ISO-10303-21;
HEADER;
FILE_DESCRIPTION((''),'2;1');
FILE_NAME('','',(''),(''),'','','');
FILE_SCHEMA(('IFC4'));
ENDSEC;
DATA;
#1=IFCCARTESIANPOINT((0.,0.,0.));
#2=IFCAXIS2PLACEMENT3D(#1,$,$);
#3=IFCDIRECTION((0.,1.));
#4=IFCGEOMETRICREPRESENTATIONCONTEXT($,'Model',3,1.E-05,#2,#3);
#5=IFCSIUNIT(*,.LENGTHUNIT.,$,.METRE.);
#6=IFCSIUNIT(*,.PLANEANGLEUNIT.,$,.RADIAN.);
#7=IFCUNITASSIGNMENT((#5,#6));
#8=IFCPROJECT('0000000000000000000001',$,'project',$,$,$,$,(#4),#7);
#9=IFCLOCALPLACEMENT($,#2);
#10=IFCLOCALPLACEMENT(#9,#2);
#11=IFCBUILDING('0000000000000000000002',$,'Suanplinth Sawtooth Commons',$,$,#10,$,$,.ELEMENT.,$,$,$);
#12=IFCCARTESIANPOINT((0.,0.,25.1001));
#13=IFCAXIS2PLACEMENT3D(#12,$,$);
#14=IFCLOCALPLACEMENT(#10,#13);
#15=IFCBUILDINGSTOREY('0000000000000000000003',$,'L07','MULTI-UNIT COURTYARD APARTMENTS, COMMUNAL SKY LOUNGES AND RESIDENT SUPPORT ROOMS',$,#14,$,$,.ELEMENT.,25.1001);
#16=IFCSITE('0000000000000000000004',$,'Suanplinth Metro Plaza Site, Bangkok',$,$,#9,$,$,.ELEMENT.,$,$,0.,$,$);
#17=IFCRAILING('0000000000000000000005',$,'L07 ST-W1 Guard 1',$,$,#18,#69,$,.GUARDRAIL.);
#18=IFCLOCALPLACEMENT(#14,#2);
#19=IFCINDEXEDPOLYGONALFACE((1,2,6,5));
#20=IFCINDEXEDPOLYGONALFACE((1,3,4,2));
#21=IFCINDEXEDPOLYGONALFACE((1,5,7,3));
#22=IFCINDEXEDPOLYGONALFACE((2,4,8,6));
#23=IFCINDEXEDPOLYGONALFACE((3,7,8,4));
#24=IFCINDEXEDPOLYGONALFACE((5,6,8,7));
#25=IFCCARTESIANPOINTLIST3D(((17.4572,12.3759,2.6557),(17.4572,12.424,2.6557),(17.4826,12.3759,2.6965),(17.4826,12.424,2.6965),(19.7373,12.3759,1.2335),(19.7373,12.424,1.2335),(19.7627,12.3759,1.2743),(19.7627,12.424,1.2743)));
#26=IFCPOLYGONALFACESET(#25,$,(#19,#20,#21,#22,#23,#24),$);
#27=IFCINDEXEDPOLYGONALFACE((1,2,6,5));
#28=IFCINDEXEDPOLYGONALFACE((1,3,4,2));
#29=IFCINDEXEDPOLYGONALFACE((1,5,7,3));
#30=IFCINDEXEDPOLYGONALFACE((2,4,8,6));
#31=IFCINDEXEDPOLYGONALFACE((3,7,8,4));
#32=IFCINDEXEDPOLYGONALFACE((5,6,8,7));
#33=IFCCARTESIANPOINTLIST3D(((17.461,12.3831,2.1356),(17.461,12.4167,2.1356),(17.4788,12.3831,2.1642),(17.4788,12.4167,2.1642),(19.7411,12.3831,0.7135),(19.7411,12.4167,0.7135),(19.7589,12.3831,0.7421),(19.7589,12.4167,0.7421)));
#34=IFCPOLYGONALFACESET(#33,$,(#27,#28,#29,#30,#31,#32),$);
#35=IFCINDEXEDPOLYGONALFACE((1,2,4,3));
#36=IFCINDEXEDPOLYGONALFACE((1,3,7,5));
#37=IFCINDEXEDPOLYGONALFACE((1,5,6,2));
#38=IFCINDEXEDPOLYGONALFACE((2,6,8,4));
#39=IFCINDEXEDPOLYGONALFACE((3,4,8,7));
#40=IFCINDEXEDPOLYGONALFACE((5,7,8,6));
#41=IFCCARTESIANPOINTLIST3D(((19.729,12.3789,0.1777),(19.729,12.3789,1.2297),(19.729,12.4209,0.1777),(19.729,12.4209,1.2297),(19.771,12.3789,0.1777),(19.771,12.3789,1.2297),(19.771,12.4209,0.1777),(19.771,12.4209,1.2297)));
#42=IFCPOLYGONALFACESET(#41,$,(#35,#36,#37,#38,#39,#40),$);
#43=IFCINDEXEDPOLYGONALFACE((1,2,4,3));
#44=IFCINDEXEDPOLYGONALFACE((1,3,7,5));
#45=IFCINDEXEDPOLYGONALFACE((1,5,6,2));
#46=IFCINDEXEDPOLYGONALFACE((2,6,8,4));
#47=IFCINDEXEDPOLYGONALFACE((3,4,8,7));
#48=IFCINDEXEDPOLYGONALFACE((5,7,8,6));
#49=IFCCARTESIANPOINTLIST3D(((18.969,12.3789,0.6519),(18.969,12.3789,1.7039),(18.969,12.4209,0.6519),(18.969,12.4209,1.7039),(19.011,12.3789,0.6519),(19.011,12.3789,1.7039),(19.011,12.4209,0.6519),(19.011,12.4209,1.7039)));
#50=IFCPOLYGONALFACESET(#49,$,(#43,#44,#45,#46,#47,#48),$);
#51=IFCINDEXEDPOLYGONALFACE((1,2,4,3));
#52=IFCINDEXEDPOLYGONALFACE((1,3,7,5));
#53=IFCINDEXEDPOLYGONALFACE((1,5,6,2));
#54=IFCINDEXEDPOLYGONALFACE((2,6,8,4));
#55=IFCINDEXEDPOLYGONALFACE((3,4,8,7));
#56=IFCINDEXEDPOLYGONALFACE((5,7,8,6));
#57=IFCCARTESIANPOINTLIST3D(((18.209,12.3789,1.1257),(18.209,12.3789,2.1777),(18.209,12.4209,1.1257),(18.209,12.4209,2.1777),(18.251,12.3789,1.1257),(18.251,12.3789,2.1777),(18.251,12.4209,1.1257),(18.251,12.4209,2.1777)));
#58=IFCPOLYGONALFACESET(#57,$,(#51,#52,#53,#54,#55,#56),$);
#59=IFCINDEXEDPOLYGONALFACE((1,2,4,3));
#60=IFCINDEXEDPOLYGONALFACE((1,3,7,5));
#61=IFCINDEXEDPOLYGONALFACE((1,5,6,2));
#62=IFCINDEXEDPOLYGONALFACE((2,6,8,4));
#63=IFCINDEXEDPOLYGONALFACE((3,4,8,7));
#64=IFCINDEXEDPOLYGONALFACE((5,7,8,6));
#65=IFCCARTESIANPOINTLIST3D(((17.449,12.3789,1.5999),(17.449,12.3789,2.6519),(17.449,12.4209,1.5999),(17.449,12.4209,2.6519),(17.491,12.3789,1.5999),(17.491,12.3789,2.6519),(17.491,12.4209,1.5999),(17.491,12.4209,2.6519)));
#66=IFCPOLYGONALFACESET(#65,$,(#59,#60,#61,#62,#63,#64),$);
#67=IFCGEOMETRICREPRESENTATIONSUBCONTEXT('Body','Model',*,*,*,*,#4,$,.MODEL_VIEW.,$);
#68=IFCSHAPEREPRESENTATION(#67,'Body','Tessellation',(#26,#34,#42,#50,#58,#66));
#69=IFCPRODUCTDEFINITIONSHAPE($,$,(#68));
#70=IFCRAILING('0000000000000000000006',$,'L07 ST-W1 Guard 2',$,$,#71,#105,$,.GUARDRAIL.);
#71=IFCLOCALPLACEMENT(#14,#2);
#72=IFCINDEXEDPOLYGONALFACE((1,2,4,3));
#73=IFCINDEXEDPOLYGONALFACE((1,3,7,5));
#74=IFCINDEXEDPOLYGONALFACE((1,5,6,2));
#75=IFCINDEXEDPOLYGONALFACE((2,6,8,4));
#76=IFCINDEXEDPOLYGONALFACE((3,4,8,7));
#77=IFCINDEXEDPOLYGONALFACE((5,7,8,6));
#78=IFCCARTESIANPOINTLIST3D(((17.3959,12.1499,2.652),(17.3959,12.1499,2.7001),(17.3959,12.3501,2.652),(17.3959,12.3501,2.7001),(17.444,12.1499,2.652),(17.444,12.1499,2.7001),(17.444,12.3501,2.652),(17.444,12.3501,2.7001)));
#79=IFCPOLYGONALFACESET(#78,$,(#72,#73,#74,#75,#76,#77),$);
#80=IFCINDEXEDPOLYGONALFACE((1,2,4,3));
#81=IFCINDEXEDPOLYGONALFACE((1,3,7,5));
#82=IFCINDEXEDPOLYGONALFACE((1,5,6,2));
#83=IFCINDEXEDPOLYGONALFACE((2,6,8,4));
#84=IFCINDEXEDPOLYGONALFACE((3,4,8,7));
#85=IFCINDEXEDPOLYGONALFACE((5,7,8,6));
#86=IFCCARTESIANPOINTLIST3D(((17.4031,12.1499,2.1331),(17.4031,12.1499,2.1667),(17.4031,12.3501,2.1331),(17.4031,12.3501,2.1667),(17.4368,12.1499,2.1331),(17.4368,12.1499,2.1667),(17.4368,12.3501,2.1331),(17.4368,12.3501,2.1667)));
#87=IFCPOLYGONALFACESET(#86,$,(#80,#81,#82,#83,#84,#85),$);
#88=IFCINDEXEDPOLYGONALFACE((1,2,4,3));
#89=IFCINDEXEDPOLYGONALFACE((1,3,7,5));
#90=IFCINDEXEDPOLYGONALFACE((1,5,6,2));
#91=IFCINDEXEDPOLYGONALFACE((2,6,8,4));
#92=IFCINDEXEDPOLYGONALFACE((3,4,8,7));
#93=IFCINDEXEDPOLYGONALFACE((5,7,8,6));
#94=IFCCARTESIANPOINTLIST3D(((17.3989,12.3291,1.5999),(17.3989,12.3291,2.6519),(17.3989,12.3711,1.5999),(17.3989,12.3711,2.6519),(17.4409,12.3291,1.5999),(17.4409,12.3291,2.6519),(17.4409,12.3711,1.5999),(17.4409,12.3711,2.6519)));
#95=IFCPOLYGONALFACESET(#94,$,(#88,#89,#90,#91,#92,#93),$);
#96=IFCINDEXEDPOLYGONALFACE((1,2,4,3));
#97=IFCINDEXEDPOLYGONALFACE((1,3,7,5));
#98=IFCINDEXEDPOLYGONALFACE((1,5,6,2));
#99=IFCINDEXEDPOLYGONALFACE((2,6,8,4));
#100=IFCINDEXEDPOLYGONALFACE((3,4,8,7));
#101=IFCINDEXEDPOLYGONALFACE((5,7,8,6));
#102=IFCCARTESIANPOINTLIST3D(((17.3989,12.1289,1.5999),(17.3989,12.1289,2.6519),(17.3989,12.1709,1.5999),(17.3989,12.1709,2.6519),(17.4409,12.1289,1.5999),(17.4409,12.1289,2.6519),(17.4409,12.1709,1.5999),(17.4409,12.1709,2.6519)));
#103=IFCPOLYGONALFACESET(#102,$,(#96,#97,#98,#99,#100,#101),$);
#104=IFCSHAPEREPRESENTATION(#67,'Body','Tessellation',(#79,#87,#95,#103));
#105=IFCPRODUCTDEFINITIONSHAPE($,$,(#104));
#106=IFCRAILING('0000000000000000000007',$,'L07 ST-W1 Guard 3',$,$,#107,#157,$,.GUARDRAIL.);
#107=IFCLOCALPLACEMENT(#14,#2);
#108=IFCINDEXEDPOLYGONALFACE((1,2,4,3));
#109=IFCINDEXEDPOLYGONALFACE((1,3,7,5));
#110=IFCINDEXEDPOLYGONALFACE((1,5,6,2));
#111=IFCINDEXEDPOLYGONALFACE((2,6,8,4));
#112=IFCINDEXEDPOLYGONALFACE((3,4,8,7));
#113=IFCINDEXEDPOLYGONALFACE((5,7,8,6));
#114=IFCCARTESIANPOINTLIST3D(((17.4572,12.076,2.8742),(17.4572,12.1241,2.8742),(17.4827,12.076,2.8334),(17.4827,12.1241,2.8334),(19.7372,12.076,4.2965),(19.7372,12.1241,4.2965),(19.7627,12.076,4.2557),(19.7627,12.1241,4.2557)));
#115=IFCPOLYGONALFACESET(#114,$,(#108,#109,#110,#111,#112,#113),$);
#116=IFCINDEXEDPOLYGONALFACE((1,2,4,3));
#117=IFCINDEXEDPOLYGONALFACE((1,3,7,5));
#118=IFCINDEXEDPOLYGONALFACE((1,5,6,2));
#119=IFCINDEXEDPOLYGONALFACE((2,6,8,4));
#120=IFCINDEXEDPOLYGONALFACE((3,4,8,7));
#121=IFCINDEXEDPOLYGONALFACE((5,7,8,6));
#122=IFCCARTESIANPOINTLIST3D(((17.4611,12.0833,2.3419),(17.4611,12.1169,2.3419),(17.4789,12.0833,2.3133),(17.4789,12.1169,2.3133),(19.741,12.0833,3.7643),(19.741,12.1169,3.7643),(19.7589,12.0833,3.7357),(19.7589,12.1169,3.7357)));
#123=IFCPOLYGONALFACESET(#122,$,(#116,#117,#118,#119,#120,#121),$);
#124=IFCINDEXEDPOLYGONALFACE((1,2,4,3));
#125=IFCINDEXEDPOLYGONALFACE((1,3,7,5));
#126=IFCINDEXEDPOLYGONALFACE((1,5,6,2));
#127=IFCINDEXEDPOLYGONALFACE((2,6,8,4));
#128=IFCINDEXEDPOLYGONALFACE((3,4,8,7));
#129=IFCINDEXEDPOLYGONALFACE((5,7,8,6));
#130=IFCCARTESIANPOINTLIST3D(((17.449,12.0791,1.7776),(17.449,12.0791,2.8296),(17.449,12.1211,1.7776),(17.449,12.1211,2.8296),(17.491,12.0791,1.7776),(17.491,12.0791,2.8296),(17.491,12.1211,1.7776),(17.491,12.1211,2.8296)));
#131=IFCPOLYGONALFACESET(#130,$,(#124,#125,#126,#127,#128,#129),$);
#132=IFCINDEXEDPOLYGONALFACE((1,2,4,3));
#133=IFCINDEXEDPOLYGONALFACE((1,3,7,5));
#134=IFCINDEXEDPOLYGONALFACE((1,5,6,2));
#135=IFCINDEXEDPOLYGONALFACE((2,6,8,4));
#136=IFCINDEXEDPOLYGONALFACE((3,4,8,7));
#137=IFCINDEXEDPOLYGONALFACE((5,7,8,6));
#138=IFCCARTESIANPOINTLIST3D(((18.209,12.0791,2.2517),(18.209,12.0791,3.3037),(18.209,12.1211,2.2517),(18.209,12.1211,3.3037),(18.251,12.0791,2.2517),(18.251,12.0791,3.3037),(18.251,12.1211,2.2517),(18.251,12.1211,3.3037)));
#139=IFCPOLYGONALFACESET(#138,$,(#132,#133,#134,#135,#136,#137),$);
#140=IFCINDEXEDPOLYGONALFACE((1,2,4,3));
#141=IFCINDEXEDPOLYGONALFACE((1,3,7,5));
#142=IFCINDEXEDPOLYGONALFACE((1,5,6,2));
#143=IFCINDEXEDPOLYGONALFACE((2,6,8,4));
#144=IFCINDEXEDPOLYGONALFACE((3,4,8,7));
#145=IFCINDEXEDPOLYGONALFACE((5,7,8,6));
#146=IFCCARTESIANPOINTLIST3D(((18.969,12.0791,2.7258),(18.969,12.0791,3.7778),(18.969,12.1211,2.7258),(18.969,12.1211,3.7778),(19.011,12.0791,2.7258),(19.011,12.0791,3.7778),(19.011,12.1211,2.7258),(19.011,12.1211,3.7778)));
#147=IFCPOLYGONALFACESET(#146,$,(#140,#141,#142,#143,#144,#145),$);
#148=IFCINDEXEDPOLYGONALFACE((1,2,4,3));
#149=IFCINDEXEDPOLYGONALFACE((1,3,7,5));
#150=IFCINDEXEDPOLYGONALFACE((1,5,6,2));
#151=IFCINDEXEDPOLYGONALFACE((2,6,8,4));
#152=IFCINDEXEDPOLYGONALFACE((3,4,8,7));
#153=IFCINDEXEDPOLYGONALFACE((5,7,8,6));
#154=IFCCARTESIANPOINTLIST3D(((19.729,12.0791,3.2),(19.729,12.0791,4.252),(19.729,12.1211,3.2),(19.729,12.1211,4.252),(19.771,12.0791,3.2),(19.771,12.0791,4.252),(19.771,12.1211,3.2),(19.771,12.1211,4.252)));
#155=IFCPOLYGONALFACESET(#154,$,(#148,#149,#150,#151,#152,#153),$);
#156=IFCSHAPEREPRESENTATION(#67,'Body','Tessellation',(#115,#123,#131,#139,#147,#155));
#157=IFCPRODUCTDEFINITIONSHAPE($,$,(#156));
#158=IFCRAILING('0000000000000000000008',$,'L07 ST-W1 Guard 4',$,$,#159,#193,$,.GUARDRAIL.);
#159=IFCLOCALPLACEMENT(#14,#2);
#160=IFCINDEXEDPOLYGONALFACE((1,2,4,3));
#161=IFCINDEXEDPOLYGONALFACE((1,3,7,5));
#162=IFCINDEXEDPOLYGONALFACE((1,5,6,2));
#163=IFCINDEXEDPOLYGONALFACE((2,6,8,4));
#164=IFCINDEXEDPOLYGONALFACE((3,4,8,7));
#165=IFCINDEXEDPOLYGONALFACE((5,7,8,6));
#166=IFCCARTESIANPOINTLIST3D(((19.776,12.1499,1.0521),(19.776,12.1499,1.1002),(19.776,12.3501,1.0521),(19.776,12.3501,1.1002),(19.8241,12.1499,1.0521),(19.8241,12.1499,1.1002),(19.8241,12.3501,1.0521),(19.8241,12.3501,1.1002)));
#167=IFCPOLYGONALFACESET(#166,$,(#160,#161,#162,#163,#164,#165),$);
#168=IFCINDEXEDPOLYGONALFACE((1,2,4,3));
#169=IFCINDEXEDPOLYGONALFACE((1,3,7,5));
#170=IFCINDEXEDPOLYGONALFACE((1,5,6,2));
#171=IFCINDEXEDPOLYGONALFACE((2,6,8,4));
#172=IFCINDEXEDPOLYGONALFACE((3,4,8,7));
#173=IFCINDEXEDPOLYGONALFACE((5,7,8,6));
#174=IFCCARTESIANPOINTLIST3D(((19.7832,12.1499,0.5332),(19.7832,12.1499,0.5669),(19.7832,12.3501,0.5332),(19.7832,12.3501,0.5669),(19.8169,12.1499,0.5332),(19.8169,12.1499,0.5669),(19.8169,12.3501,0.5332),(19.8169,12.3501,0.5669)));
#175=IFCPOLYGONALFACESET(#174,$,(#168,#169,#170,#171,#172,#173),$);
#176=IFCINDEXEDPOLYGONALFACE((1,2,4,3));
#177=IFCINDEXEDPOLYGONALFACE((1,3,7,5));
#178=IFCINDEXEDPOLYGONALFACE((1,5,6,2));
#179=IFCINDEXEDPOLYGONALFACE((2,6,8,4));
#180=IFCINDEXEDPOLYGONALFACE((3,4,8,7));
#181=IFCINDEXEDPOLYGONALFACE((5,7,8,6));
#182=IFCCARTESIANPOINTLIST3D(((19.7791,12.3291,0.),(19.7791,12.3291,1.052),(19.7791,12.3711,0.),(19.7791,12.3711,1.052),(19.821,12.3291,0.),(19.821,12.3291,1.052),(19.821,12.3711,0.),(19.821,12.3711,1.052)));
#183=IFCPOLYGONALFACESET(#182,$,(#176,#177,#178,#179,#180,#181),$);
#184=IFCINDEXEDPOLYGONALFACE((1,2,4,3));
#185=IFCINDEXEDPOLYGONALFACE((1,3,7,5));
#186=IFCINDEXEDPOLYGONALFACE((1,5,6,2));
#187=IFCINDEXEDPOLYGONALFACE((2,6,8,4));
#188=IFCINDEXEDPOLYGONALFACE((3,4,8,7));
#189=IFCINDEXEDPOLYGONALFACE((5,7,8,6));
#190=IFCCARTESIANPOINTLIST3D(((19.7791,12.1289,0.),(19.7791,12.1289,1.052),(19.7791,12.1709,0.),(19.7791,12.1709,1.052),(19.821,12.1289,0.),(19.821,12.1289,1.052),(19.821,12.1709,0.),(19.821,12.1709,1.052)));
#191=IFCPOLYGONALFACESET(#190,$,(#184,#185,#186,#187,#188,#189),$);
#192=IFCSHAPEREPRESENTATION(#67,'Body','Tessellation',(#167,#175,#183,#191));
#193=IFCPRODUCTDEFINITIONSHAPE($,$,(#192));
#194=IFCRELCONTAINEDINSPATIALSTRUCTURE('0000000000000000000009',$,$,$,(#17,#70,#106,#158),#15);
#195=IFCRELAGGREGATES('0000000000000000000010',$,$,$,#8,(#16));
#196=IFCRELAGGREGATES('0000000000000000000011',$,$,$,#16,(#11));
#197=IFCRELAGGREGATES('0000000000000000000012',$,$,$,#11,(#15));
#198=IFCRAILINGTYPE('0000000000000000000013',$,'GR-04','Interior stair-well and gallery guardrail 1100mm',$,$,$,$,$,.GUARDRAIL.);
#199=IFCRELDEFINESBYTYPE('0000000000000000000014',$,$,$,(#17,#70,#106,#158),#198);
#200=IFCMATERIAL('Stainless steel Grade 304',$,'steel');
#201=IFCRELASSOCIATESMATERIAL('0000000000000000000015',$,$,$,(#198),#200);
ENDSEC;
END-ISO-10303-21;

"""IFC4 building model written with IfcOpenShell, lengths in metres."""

from ifc_helpers import new_model, si_unit, direction, frame, origin, origin_2d, place, context, subcontext, project, spatial, rectangle, extrude, material, type_object, element, save


model = new_model("IFC4")

# Units and contexts
model_context = context("Model", 3, precision=1e-05, world=origin(), true_north=direction((0.0, 1.0)))
body_context = subcontext(model_context, "Body", "Model", "MODEL_VIEW")
ifc_project = project(units=[si_unit("LENGTHUNIT", "METRE"), si_unit("PLANEANGLEUNIT", "RADIAN")], contexts=[model_context])

# Site, building, storey
site_placement = place(None, origin())
site = spatial("IfcSite", under=ifc_project, at=site_placement, Name="Suanplinth Metro Plaza Site, Bangkok", CompositionType="ELEMENT", RefElevation=0.0)
building_placement = place(site_placement, origin())
building = spatial("IfcBuilding", under=site, at=building_placement, Name="Suanplinth Sawtooth Commons", CompositionType="ELEMENT")
storey_placement = place(building_placement, frame((0.0, 0.0, 25.1001)))
storey = spatial("IfcBuildingStorey", under=building, at=storey_placement, Name="L07", Description="MULTI-UNIT COURTYARD APARTMENTS, COMMUNAL SKY LOUNGES AND RESIDENT SUPPORT ROOMS", CompositionType="ELEMENT", Elevation=25.1001)

# Shared definitions
ifc_material_1 = material(Name="Stainless steel Grade 304", Category="steel")

# Railings
railing_type_1 = type_object("IfcRailingType", Name="GR-04", Description="Interior stair-well and gallery guardrail 1100mm", PredefinedType="GUARDRAIL", material=ifc_material_1)
railing_1_placement = place(storey_placement, frame((19.75, 12.3999, 0.1777)))
element("IfcRailing", 1, at=railing_1_placement, inside=storey, type_object=railing_type_1, Name="L07 ST-W1 Guard 1", PredefinedType="GUARDRAIL", context=body_context, shape_type="SweptSolid", body=[
    extrude(rectangle(XDim=0.0481, YDim=0.0481, at=origin_2d()), frame((0.0, 0.0, 1.0762), z_axis=(-0.848483, 0.0, 0.529223), x_axis=(0.0, -1.0, 0.0)), (0.0, 0.0, 1.0), 2.6873),
    extrude(rectangle(XDim=0.0337, YDim=0.0337, at=origin_2d()), frame((0.0, 0.0, 0.55), z_axis=(-0.848483, 0.0, 0.529223), x_axis=(0.0, -1.0, 0.0)), (0.0, 0.0, 1.0), 2.6873),
    extrude(rectangle(XDim=0.042, YDim=0.042, at=origin_2d()), origin(), (0.0, 0.0, 1.0), 1.052),
    extrude(rectangle(XDim=0.042, YDim=0.042, at=origin_2d()), frame((-0.76, 0.0, 0.4741)), (0.0, 0.0, 1.0), 1.052),
    extrude(rectangle(XDim=0.042, YDim=0.042, at=origin_2d()), frame((-1.52, 0.0, 0.948)), (0.0, 0.0, 1.0), 1.052),
    extrude(rectangle(XDim=0.042, YDim=0.042, at=origin_2d()), frame((-2.28, 0.0, 1.4221)), (0.0, 0.0, 1.0), 1.052),
])
railing_2_placement = place(storey_placement, frame((17.4199, 12.3501, 1.5999)))
element("IfcRailing", 2, at=railing_2_placement, inside=storey, type_object=railing_type_1, Name="L07 ST-W1 Guard 2", PredefinedType="GUARDRAIL", context=body_context, shape_type="SweptSolid", body=[
    extrude(rectangle(XDim=0.0481, YDim=0.0481, at=origin_2d()), frame((0.0, 0.0, 1.0762), z_axis=(0.0, -1.0, 0.0), x_axis=(1.0, 0.0, 0.0)), (0.0, 0.0, 1.0), 0.2002),
    extrude(rectangle(XDim=0.0337, YDim=0.0337, at=origin_2d()), frame((0.0, 0.0, 0.55), z_axis=(0.0, -1.0, 0.0), x_axis=(1.0, 0.0, 0.0)), (0.0, 0.0, 1.0), 0.2002),
    extrude(rectangle(XDim=0.042, YDim=0.042, at=origin_2d()), origin(), (0.0, 0.0, 1.0), 1.052),
    extrude(rectangle(XDim=0.042, YDim=0.042, at=origin_2d()), frame((0.0, -0.2002, 0.0)), (0.0, 0.0, 1.0), 1.052),
])
railing_3_placement = place(storey_placement, frame((17.47, 12.1001, 1.7776)))
element("IfcRailing", 3, at=railing_3_placement, inside=storey, type_object=railing_type_1, Name="L07 ST-W1 Guard 3", PredefinedType="GUARDRAIL", context=body_context, shape_type="SweptSolid", body=[
    extrude(rectangle(XDim=0.0481, YDim=0.0481, at=origin_2d()), frame((0.0, 0.0, 1.0762), z_axis=(0.848442, 0.0, 0.529288), x_axis=(0.0, 1.0, 0.0)), (0.0, 0.0, 1.0), 2.6873),
    extrude(rectangle(XDim=0.0337, YDim=0.0337, at=origin_2d()), frame((0.0, 0.0, 0.55), z_axis=(0.848442, 0.0, 0.529288), x_axis=(0.0, 1.0, 0.0)), (0.0, 0.0, 1.0), 2.6873),
    extrude(rectangle(XDim=0.042, YDim=0.042, at=origin_2d()), origin(), (0.0, 0.0, 1.0), 1.052),
    extrude(rectangle(XDim=0.042, YDim=0.042, at=origin_2d()), frame((0.76, 0.0, 0.4741)), (0.0, 0.0, 1.0), 1.052),
    extrude(rectangle(XDim=0.042, YDim=0.042, at=origin_2d()), frame((1.52, 0.0, 0.9482)), (0.0, 0.0, 1.0), 1.052),
    extrude(rectangle(XDim=0.042, YDim=0.042, at=origin_2d()), frame((2.28, 0.0, 1.4224)), (0.0, 0.0, 1.0), 1.052),
])
railing_4_placement = place(storey_placement, frame((19.8, 12.3501, 0.0)))
element("IfcRailing", 4, at=railing_4_placement, inside=storey, type_object=railing_type_1, Name="L07 ST-W1 Guard 4", PredefinedType="GUARDRAIL", context=body_context, shape_type="SweptSolid", body=[
    extrude(rectangle(XDim=0.0481, YDim=0.0481, at=origin_2d()), frame((0.0, 0.0, 1.0762), z_axis=(0.0, -1.0, 0.0), x_axis=(1.0, 0.0, 0.0)), (0.0, 0.0, 1.0), 0.2002),
    extrude(rectangle(XDim=0.0337, YDim=0.0337, at=origin_2d()), frame((0.0, 0.0, 0.55), z_axis=(0.0, -1.0, 0.0), x_axis=(1.0, 0.0, 0.0)), (0.0, 0.0, 1.0), 0.2002),
    extrude(rectangle(XDim=0.042, YDim=0.042, at=origin_2d()), origin(), (0.0, 0.0, 1.0), 1.052),
    extrude(rectangle(XDim=0.042, YDim=0.042, at=origin_2d()), frame((0.0, -0.2002, 0.0)), (0.0, 0.0, 1.0), 1.052),
])

save(model, "model.ifc")
